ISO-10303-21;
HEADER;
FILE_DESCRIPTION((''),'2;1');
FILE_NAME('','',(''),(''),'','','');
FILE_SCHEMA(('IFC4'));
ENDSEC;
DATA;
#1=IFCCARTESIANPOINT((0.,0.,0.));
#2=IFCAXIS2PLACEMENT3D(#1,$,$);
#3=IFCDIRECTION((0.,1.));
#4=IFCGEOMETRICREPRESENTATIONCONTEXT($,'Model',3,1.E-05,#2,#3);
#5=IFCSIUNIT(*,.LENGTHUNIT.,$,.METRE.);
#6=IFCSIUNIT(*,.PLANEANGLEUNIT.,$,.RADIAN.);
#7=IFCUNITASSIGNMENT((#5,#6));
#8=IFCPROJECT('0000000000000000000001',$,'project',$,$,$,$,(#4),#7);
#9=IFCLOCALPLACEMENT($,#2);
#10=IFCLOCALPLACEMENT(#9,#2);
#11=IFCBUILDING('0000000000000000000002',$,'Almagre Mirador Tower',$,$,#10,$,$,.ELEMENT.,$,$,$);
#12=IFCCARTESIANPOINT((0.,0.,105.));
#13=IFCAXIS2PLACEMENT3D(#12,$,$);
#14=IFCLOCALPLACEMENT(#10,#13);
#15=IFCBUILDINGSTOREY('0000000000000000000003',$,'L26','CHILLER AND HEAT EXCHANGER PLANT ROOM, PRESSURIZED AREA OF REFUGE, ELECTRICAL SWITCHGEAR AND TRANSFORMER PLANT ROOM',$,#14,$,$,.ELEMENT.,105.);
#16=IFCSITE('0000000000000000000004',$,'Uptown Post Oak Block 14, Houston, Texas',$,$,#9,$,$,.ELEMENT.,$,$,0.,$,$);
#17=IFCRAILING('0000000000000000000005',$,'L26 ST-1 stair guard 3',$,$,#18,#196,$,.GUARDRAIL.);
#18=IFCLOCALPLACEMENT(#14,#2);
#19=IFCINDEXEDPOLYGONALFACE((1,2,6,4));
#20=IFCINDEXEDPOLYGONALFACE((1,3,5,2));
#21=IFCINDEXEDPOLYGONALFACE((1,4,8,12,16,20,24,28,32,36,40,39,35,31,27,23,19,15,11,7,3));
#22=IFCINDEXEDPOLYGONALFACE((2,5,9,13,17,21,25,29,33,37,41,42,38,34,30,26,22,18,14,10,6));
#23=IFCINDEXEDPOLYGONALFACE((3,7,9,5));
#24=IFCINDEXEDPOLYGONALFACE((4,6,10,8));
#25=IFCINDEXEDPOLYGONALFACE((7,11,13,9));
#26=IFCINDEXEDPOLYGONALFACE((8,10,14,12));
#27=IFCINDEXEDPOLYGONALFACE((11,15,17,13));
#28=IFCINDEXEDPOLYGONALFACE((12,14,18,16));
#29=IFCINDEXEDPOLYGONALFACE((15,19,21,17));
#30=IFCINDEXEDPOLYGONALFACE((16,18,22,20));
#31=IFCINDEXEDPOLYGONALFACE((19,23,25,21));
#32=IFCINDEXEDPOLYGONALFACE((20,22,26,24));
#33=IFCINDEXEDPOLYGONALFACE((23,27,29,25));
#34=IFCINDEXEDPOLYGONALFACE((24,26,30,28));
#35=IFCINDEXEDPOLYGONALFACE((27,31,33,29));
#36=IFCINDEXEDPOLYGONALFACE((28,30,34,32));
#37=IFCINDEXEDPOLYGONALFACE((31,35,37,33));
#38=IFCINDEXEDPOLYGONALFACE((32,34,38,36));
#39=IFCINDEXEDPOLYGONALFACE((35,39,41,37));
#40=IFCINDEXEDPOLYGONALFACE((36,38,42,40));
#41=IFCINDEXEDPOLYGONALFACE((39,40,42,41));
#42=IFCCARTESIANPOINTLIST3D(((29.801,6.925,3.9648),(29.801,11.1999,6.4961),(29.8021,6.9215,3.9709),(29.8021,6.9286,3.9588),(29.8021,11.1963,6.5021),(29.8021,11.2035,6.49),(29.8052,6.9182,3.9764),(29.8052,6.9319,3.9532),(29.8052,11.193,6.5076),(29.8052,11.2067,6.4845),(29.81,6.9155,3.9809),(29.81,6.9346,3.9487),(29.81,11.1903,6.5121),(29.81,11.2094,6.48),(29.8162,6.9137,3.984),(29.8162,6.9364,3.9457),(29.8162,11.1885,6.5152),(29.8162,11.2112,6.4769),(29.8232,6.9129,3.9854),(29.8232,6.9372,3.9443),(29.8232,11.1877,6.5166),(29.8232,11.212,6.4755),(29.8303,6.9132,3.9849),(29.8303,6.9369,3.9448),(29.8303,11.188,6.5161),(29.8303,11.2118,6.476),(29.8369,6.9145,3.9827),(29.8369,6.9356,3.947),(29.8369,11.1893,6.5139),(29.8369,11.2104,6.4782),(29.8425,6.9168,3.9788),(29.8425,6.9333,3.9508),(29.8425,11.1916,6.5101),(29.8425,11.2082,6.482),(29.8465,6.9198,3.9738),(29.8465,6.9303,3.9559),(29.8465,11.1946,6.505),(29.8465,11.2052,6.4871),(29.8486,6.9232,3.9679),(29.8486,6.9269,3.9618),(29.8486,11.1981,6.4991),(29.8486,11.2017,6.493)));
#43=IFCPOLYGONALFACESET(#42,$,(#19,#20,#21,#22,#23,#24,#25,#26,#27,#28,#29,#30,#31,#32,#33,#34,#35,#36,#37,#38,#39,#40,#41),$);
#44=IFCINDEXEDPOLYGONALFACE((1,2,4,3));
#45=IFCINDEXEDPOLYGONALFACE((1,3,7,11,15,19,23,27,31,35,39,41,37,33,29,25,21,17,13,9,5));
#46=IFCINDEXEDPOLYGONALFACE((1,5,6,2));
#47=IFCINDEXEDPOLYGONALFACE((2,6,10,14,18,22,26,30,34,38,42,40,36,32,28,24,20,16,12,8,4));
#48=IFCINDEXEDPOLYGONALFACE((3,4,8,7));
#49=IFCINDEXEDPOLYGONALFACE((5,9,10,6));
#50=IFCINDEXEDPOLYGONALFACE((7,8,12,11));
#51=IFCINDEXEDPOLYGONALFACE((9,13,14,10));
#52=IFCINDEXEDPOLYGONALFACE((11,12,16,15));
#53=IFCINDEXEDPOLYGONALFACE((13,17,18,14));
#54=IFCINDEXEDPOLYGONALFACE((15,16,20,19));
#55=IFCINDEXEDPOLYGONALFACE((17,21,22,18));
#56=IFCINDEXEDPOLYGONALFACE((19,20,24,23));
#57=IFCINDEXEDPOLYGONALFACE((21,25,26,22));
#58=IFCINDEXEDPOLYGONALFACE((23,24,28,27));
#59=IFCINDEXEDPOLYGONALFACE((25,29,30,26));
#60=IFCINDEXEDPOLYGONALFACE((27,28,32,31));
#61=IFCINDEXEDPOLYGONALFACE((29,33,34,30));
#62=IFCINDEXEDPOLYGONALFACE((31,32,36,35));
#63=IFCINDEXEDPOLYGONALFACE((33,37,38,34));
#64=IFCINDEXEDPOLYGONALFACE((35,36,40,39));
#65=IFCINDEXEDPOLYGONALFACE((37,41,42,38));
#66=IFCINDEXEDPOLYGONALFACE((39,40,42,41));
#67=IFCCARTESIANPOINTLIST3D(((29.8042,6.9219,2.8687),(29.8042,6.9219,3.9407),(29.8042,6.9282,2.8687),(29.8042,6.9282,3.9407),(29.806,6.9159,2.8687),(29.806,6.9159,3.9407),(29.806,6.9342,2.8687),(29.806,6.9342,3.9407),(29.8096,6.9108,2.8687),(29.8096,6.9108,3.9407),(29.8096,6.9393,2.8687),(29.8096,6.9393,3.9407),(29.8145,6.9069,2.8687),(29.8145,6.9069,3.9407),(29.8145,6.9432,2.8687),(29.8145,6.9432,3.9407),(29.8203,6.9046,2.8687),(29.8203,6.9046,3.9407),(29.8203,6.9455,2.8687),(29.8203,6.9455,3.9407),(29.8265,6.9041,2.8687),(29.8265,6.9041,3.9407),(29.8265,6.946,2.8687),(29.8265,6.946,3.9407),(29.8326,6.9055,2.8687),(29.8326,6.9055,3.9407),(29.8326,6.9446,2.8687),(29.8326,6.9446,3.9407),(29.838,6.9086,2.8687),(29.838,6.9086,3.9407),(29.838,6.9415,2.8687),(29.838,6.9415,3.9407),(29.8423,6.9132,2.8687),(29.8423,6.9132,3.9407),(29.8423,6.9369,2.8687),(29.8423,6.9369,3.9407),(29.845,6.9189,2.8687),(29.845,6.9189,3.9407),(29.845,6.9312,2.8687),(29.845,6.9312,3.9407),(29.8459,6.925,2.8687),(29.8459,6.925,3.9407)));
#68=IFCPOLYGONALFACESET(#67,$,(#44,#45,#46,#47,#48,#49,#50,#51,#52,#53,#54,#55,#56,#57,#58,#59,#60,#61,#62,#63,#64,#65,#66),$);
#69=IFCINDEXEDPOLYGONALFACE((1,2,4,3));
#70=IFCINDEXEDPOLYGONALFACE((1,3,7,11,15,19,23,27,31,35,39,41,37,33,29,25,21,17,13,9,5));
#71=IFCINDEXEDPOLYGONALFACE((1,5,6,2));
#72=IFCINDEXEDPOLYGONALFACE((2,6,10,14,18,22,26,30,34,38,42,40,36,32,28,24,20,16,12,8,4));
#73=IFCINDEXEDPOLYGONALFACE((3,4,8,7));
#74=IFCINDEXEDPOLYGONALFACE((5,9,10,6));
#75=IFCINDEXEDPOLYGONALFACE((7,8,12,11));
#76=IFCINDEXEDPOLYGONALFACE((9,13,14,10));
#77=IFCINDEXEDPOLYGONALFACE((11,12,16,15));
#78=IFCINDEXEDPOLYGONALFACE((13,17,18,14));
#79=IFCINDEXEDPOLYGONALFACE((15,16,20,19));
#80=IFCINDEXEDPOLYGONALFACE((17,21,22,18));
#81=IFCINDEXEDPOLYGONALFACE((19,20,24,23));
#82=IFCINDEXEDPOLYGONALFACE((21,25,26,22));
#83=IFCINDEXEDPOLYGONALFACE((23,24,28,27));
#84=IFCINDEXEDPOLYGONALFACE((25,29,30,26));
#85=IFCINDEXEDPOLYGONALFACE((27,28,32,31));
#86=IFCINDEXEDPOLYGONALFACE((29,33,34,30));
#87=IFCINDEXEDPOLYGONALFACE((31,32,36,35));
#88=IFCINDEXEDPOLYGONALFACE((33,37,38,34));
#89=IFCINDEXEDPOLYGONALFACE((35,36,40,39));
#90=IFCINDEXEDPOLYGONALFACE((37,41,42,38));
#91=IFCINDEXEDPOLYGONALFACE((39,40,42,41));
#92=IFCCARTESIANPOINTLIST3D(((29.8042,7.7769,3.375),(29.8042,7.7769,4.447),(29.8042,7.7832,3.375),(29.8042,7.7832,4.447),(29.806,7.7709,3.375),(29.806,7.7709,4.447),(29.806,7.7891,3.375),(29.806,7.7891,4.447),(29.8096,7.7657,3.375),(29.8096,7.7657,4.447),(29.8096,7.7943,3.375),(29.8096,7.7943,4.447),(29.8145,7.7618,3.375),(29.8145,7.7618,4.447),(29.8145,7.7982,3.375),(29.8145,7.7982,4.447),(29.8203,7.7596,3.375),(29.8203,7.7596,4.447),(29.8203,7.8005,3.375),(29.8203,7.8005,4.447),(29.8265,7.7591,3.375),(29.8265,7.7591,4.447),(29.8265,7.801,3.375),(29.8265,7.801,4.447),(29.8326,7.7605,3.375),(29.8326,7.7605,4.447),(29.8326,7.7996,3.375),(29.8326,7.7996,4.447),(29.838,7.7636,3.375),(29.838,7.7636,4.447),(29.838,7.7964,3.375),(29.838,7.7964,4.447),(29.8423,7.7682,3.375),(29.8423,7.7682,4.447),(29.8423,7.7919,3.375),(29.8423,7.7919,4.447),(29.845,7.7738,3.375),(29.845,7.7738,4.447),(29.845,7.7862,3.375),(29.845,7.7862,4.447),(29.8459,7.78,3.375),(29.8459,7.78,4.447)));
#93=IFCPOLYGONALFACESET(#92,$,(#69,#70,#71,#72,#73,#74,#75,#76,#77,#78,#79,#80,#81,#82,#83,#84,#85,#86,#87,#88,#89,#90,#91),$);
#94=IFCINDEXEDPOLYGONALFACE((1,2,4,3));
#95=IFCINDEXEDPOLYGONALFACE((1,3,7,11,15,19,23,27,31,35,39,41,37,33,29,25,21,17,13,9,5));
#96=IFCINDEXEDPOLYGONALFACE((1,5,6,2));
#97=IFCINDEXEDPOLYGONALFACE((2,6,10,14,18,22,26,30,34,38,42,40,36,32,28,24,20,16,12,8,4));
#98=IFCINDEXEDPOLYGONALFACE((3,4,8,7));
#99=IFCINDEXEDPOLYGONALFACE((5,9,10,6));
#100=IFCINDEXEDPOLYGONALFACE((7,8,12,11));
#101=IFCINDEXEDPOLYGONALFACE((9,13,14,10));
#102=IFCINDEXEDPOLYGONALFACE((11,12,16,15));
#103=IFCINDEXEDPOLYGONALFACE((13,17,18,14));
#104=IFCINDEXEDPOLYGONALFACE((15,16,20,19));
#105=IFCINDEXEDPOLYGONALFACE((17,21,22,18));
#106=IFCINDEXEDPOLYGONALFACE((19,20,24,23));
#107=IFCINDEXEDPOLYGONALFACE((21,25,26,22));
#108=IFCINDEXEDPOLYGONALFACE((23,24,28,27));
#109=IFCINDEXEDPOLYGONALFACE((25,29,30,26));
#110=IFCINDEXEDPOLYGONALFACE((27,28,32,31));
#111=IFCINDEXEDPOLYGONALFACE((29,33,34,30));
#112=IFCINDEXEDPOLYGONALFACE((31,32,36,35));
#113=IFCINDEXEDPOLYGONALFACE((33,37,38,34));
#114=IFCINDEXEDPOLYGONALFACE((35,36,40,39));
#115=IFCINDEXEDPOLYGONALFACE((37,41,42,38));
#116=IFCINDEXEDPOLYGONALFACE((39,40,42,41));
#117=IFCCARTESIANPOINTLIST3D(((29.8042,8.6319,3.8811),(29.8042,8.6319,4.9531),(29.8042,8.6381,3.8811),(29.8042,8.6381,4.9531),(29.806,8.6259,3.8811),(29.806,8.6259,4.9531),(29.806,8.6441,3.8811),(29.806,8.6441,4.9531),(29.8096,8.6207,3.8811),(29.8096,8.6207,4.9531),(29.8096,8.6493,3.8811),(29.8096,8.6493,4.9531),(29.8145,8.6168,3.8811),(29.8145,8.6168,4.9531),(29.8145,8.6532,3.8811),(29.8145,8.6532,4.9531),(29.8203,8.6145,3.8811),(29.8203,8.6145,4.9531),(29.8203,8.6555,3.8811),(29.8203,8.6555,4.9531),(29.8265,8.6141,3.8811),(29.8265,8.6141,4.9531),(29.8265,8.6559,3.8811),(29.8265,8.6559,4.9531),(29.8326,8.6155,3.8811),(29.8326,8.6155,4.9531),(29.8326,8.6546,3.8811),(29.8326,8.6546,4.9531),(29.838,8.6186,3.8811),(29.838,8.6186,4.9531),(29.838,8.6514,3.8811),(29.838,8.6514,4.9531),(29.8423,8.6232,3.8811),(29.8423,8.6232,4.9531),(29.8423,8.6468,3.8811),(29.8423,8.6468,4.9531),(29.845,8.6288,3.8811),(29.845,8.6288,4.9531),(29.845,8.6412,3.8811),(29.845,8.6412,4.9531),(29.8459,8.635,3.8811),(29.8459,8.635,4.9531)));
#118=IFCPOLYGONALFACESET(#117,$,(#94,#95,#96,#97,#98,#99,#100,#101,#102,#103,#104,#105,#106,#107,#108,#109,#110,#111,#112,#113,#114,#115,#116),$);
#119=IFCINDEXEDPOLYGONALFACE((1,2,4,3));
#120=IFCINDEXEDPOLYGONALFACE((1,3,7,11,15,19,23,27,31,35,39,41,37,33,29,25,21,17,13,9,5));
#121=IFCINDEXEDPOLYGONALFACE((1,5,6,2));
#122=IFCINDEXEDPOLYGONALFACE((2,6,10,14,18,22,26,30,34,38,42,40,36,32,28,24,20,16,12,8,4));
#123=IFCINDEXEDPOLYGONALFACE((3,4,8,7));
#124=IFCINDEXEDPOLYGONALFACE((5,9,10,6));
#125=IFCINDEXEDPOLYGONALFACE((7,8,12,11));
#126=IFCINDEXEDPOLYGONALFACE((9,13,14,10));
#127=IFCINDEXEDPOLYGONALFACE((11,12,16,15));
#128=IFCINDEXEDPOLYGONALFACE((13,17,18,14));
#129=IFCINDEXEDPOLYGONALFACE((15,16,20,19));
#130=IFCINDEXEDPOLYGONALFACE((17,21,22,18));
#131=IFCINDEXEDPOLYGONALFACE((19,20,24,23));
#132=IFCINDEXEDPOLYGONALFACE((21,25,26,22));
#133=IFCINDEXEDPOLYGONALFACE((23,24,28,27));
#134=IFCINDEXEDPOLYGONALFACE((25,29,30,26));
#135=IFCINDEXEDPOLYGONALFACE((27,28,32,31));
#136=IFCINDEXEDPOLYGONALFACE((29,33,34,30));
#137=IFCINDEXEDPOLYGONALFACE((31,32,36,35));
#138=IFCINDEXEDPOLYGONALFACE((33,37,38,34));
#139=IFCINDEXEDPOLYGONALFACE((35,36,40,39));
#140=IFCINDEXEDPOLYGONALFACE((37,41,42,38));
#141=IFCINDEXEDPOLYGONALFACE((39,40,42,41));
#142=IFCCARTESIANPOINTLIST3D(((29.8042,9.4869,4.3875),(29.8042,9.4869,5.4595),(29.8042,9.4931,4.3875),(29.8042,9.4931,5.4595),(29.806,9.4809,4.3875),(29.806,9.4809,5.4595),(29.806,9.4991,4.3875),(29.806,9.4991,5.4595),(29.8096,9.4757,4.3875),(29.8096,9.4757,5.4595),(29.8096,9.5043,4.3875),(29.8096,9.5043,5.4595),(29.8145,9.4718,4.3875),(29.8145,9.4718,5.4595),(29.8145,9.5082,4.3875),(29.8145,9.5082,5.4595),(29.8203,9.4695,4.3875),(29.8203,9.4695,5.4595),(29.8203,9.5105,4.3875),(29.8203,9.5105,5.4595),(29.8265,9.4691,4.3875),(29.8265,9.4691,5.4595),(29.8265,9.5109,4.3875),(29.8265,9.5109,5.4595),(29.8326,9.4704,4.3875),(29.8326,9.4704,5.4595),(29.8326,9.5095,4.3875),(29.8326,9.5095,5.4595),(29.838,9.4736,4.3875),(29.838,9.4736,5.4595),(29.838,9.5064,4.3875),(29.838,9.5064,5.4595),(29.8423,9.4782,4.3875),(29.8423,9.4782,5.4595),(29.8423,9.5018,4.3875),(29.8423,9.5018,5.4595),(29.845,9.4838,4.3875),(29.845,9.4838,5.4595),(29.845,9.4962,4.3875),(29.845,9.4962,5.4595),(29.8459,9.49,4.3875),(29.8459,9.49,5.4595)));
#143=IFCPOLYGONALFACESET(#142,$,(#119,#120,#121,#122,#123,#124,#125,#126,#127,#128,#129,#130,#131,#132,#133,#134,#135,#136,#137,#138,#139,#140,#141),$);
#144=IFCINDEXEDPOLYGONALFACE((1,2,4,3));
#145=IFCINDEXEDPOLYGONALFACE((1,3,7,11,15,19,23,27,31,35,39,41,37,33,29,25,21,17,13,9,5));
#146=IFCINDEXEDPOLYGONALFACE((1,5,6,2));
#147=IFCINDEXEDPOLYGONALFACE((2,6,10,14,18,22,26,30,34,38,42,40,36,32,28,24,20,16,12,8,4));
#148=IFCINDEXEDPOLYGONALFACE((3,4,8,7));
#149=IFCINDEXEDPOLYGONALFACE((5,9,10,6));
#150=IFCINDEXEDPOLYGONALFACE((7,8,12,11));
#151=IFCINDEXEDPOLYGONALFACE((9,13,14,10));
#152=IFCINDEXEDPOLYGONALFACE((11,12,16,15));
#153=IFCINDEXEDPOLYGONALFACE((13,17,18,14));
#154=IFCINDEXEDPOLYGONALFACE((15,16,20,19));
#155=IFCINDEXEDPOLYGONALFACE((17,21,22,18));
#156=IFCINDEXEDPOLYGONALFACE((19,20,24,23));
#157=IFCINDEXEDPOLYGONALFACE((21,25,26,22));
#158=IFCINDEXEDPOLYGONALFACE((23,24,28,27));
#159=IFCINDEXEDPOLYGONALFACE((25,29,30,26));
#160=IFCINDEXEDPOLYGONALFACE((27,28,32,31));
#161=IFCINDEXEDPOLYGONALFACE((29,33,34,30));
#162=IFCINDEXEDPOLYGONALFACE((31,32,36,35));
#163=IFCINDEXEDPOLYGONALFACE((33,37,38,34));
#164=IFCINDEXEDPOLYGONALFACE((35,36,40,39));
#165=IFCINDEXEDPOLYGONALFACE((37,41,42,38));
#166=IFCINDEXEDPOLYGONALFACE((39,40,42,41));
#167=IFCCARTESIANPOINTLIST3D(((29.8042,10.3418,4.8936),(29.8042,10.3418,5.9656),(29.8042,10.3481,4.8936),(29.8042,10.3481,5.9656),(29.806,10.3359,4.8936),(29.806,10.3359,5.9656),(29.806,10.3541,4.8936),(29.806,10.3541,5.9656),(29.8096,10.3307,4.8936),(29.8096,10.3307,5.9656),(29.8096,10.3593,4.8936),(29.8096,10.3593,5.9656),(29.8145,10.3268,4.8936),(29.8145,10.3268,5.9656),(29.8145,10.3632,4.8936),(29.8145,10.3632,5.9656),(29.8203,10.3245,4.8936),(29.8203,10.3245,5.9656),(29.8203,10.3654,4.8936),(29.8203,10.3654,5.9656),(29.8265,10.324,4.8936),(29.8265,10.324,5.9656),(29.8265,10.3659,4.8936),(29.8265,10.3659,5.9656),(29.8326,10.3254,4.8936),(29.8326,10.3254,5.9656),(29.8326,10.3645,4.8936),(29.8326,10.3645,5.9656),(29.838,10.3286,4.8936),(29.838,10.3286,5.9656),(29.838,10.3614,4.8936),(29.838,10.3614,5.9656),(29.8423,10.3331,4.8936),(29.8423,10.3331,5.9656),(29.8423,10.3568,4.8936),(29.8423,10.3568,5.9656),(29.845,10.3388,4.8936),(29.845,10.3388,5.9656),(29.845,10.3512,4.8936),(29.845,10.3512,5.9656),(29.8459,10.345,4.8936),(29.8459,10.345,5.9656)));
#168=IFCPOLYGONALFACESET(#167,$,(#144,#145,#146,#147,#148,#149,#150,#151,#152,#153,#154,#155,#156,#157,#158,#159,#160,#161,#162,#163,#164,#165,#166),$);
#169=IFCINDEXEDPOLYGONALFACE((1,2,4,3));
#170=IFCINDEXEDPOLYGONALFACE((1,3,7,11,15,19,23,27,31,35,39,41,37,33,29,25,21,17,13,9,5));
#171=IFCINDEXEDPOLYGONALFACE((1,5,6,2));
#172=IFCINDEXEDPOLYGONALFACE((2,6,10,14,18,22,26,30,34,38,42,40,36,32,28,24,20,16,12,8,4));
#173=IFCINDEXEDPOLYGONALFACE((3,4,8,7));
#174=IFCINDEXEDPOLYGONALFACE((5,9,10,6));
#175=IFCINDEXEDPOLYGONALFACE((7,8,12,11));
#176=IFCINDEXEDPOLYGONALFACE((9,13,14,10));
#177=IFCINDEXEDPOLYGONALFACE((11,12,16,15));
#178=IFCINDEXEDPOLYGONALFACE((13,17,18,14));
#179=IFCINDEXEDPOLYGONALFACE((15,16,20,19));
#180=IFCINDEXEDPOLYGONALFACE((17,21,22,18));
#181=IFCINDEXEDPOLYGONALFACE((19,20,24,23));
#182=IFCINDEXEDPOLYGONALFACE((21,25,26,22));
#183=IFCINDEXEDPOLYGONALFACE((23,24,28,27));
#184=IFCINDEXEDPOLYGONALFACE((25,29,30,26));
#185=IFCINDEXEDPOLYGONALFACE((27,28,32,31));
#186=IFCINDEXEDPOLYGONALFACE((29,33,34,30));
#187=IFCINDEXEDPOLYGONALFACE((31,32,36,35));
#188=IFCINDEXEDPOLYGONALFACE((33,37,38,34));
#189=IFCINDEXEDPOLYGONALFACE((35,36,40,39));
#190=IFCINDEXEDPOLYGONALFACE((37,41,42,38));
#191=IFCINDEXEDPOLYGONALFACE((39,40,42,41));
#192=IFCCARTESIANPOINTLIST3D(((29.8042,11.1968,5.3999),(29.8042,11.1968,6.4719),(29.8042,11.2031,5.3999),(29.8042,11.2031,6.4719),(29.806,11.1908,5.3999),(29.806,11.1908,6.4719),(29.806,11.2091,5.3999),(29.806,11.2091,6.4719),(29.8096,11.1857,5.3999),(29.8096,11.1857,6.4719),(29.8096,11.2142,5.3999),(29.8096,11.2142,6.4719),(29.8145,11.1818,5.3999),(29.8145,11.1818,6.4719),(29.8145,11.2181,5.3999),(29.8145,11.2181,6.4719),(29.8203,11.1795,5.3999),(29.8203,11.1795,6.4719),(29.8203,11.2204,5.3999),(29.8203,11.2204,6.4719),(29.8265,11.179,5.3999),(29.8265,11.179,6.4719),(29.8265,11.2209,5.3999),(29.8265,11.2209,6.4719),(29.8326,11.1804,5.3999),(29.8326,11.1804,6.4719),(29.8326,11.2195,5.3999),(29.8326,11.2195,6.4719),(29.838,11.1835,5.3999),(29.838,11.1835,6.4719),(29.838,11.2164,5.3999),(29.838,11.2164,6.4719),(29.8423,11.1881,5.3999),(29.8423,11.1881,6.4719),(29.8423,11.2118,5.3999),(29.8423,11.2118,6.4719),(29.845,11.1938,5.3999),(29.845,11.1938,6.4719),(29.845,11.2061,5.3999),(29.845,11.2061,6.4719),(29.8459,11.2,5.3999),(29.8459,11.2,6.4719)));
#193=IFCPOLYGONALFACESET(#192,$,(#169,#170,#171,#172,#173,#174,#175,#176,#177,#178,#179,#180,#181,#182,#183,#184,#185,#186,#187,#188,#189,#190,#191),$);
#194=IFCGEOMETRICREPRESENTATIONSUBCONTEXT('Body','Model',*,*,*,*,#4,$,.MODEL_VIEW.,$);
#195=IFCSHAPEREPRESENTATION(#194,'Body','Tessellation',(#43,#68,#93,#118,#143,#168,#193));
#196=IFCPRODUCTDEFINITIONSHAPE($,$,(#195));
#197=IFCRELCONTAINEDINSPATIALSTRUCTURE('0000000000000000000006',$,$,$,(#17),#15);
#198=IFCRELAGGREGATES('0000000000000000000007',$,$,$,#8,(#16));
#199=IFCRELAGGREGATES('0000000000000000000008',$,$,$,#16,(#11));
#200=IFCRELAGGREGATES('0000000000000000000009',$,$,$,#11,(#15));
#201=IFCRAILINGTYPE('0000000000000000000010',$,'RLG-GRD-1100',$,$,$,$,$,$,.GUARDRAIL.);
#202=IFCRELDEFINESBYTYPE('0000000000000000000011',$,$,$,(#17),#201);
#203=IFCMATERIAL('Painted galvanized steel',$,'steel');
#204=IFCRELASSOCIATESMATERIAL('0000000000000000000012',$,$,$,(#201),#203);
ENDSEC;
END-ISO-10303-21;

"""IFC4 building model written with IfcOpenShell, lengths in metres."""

from ifc_helpers import new_model, si_unit, direction, frame, origin, origin_2d, place, context, subcontext, project, spatial, circle, extrude, material, type_object, element, save


model = new_model("IFC4")

# Units and contexts
model_context = context("Model", 3, precision=1e-05, world=origin(), true_north=direction((0.0, 1.0)))
body_context = subcontext(model_context, "Body", "Model", "MODEL_VIEW")
ifc_project = project(units=[si_unit("LENGTHUNIT", "METRE"), si_unit("PLANEANGLEUNIT", "RADIAN")], contexts=[model_context])

# Site, building, storey
site_placement = place(None, origin())
site = spatial("IfcSite", under=ifc_project, at=site_placement, Name="Uptown Post Oak Block 14, Houston, Texas", CompositionType="ELEMENT", RefElevation=0.0)
building_placement = place(site_placement, origin())
building = spatial("IfcBuilding", under=site, at=building_placement, Name="Almagre Mirador Tower", CompositionType="ELEMENT")
storey_placement = place(building_placement, frame((0.0, 0.0, 105.0)))
storey = spatial("IfcBuildingStorey", under=building, at=storey_placement, Name="L26", Description="CHILLER AND HEAT EXCHANGER PLANT ROOM, PRESSURIZED AREA OF REFUGE, ELECTRICAL SWITCHGEAR AND TRANSFORMER PLANT ROOM", CompositionType="ELEMENT", Elevation=105.0)

# Railing
ifc_material_1 = material(Name="Painted galvanized steel", Category="steel")
railing_type_1 = type_object("IfcRailingType", Name="RLG-GRD-1100", PredefinedType="GUARDRAIL", material=ifc_material_1)
railing_1_placement = place(storey_placement, frame((29.825, 6.925, 2.8687)))
element("IfcRailing", 1, at=railing_1_placement, inside=storey, type_object=railing_type_1, Name="L26 ST-1 stair guard 3", PredefinedType="GUARDRAIL", context=body_context, shape_type="SweptSolid", body=[
    extrude(circle(Radius=0.0239, at=origin_2d()), frame((0.0, 0.0, 1.0962), z_axis=(0.0, 0.86047, 0.509501), x_axis=(-1.0, 0.0, 0.0)), (0.0, 0.0, 1.0), 4.968),
    extrude(circle(Radius=0.021, at=origin_2d()), origin(), (0.0, 0.0, 1.0), 1.072),
    extrude(circle(Radius=0.021, at=origin_2d()), frame((0.0, 0.855, 0.5063)), (0.0, 0.0, 1.0), 1.072),
    extrude(circle(Radius=0.021, at=origin_2d()), frame((0.0, 1.71, 1.0125)), (0.0, 0.0, 1.0), 1.072),
    extrude(circle(Radius=0.021, at=origin_2d()), frame((0.0, 2.5649, 1.5188)), (0.0, 0.0, 1.0), 1.072),
    extrude(circle(Radius=0.021, at=origin_2d()), frame((0.0, 3.4199, 2.0249)), (0.0, 0.0, 1.0), 1.072),
    extrude(circle(Radius=0.021, at=origin_2d()), frame((0.0, 4.2749, 2.5312)), (0.0, 0.0, 1.0), 1.072),
])

save(model, "model.ifc")
